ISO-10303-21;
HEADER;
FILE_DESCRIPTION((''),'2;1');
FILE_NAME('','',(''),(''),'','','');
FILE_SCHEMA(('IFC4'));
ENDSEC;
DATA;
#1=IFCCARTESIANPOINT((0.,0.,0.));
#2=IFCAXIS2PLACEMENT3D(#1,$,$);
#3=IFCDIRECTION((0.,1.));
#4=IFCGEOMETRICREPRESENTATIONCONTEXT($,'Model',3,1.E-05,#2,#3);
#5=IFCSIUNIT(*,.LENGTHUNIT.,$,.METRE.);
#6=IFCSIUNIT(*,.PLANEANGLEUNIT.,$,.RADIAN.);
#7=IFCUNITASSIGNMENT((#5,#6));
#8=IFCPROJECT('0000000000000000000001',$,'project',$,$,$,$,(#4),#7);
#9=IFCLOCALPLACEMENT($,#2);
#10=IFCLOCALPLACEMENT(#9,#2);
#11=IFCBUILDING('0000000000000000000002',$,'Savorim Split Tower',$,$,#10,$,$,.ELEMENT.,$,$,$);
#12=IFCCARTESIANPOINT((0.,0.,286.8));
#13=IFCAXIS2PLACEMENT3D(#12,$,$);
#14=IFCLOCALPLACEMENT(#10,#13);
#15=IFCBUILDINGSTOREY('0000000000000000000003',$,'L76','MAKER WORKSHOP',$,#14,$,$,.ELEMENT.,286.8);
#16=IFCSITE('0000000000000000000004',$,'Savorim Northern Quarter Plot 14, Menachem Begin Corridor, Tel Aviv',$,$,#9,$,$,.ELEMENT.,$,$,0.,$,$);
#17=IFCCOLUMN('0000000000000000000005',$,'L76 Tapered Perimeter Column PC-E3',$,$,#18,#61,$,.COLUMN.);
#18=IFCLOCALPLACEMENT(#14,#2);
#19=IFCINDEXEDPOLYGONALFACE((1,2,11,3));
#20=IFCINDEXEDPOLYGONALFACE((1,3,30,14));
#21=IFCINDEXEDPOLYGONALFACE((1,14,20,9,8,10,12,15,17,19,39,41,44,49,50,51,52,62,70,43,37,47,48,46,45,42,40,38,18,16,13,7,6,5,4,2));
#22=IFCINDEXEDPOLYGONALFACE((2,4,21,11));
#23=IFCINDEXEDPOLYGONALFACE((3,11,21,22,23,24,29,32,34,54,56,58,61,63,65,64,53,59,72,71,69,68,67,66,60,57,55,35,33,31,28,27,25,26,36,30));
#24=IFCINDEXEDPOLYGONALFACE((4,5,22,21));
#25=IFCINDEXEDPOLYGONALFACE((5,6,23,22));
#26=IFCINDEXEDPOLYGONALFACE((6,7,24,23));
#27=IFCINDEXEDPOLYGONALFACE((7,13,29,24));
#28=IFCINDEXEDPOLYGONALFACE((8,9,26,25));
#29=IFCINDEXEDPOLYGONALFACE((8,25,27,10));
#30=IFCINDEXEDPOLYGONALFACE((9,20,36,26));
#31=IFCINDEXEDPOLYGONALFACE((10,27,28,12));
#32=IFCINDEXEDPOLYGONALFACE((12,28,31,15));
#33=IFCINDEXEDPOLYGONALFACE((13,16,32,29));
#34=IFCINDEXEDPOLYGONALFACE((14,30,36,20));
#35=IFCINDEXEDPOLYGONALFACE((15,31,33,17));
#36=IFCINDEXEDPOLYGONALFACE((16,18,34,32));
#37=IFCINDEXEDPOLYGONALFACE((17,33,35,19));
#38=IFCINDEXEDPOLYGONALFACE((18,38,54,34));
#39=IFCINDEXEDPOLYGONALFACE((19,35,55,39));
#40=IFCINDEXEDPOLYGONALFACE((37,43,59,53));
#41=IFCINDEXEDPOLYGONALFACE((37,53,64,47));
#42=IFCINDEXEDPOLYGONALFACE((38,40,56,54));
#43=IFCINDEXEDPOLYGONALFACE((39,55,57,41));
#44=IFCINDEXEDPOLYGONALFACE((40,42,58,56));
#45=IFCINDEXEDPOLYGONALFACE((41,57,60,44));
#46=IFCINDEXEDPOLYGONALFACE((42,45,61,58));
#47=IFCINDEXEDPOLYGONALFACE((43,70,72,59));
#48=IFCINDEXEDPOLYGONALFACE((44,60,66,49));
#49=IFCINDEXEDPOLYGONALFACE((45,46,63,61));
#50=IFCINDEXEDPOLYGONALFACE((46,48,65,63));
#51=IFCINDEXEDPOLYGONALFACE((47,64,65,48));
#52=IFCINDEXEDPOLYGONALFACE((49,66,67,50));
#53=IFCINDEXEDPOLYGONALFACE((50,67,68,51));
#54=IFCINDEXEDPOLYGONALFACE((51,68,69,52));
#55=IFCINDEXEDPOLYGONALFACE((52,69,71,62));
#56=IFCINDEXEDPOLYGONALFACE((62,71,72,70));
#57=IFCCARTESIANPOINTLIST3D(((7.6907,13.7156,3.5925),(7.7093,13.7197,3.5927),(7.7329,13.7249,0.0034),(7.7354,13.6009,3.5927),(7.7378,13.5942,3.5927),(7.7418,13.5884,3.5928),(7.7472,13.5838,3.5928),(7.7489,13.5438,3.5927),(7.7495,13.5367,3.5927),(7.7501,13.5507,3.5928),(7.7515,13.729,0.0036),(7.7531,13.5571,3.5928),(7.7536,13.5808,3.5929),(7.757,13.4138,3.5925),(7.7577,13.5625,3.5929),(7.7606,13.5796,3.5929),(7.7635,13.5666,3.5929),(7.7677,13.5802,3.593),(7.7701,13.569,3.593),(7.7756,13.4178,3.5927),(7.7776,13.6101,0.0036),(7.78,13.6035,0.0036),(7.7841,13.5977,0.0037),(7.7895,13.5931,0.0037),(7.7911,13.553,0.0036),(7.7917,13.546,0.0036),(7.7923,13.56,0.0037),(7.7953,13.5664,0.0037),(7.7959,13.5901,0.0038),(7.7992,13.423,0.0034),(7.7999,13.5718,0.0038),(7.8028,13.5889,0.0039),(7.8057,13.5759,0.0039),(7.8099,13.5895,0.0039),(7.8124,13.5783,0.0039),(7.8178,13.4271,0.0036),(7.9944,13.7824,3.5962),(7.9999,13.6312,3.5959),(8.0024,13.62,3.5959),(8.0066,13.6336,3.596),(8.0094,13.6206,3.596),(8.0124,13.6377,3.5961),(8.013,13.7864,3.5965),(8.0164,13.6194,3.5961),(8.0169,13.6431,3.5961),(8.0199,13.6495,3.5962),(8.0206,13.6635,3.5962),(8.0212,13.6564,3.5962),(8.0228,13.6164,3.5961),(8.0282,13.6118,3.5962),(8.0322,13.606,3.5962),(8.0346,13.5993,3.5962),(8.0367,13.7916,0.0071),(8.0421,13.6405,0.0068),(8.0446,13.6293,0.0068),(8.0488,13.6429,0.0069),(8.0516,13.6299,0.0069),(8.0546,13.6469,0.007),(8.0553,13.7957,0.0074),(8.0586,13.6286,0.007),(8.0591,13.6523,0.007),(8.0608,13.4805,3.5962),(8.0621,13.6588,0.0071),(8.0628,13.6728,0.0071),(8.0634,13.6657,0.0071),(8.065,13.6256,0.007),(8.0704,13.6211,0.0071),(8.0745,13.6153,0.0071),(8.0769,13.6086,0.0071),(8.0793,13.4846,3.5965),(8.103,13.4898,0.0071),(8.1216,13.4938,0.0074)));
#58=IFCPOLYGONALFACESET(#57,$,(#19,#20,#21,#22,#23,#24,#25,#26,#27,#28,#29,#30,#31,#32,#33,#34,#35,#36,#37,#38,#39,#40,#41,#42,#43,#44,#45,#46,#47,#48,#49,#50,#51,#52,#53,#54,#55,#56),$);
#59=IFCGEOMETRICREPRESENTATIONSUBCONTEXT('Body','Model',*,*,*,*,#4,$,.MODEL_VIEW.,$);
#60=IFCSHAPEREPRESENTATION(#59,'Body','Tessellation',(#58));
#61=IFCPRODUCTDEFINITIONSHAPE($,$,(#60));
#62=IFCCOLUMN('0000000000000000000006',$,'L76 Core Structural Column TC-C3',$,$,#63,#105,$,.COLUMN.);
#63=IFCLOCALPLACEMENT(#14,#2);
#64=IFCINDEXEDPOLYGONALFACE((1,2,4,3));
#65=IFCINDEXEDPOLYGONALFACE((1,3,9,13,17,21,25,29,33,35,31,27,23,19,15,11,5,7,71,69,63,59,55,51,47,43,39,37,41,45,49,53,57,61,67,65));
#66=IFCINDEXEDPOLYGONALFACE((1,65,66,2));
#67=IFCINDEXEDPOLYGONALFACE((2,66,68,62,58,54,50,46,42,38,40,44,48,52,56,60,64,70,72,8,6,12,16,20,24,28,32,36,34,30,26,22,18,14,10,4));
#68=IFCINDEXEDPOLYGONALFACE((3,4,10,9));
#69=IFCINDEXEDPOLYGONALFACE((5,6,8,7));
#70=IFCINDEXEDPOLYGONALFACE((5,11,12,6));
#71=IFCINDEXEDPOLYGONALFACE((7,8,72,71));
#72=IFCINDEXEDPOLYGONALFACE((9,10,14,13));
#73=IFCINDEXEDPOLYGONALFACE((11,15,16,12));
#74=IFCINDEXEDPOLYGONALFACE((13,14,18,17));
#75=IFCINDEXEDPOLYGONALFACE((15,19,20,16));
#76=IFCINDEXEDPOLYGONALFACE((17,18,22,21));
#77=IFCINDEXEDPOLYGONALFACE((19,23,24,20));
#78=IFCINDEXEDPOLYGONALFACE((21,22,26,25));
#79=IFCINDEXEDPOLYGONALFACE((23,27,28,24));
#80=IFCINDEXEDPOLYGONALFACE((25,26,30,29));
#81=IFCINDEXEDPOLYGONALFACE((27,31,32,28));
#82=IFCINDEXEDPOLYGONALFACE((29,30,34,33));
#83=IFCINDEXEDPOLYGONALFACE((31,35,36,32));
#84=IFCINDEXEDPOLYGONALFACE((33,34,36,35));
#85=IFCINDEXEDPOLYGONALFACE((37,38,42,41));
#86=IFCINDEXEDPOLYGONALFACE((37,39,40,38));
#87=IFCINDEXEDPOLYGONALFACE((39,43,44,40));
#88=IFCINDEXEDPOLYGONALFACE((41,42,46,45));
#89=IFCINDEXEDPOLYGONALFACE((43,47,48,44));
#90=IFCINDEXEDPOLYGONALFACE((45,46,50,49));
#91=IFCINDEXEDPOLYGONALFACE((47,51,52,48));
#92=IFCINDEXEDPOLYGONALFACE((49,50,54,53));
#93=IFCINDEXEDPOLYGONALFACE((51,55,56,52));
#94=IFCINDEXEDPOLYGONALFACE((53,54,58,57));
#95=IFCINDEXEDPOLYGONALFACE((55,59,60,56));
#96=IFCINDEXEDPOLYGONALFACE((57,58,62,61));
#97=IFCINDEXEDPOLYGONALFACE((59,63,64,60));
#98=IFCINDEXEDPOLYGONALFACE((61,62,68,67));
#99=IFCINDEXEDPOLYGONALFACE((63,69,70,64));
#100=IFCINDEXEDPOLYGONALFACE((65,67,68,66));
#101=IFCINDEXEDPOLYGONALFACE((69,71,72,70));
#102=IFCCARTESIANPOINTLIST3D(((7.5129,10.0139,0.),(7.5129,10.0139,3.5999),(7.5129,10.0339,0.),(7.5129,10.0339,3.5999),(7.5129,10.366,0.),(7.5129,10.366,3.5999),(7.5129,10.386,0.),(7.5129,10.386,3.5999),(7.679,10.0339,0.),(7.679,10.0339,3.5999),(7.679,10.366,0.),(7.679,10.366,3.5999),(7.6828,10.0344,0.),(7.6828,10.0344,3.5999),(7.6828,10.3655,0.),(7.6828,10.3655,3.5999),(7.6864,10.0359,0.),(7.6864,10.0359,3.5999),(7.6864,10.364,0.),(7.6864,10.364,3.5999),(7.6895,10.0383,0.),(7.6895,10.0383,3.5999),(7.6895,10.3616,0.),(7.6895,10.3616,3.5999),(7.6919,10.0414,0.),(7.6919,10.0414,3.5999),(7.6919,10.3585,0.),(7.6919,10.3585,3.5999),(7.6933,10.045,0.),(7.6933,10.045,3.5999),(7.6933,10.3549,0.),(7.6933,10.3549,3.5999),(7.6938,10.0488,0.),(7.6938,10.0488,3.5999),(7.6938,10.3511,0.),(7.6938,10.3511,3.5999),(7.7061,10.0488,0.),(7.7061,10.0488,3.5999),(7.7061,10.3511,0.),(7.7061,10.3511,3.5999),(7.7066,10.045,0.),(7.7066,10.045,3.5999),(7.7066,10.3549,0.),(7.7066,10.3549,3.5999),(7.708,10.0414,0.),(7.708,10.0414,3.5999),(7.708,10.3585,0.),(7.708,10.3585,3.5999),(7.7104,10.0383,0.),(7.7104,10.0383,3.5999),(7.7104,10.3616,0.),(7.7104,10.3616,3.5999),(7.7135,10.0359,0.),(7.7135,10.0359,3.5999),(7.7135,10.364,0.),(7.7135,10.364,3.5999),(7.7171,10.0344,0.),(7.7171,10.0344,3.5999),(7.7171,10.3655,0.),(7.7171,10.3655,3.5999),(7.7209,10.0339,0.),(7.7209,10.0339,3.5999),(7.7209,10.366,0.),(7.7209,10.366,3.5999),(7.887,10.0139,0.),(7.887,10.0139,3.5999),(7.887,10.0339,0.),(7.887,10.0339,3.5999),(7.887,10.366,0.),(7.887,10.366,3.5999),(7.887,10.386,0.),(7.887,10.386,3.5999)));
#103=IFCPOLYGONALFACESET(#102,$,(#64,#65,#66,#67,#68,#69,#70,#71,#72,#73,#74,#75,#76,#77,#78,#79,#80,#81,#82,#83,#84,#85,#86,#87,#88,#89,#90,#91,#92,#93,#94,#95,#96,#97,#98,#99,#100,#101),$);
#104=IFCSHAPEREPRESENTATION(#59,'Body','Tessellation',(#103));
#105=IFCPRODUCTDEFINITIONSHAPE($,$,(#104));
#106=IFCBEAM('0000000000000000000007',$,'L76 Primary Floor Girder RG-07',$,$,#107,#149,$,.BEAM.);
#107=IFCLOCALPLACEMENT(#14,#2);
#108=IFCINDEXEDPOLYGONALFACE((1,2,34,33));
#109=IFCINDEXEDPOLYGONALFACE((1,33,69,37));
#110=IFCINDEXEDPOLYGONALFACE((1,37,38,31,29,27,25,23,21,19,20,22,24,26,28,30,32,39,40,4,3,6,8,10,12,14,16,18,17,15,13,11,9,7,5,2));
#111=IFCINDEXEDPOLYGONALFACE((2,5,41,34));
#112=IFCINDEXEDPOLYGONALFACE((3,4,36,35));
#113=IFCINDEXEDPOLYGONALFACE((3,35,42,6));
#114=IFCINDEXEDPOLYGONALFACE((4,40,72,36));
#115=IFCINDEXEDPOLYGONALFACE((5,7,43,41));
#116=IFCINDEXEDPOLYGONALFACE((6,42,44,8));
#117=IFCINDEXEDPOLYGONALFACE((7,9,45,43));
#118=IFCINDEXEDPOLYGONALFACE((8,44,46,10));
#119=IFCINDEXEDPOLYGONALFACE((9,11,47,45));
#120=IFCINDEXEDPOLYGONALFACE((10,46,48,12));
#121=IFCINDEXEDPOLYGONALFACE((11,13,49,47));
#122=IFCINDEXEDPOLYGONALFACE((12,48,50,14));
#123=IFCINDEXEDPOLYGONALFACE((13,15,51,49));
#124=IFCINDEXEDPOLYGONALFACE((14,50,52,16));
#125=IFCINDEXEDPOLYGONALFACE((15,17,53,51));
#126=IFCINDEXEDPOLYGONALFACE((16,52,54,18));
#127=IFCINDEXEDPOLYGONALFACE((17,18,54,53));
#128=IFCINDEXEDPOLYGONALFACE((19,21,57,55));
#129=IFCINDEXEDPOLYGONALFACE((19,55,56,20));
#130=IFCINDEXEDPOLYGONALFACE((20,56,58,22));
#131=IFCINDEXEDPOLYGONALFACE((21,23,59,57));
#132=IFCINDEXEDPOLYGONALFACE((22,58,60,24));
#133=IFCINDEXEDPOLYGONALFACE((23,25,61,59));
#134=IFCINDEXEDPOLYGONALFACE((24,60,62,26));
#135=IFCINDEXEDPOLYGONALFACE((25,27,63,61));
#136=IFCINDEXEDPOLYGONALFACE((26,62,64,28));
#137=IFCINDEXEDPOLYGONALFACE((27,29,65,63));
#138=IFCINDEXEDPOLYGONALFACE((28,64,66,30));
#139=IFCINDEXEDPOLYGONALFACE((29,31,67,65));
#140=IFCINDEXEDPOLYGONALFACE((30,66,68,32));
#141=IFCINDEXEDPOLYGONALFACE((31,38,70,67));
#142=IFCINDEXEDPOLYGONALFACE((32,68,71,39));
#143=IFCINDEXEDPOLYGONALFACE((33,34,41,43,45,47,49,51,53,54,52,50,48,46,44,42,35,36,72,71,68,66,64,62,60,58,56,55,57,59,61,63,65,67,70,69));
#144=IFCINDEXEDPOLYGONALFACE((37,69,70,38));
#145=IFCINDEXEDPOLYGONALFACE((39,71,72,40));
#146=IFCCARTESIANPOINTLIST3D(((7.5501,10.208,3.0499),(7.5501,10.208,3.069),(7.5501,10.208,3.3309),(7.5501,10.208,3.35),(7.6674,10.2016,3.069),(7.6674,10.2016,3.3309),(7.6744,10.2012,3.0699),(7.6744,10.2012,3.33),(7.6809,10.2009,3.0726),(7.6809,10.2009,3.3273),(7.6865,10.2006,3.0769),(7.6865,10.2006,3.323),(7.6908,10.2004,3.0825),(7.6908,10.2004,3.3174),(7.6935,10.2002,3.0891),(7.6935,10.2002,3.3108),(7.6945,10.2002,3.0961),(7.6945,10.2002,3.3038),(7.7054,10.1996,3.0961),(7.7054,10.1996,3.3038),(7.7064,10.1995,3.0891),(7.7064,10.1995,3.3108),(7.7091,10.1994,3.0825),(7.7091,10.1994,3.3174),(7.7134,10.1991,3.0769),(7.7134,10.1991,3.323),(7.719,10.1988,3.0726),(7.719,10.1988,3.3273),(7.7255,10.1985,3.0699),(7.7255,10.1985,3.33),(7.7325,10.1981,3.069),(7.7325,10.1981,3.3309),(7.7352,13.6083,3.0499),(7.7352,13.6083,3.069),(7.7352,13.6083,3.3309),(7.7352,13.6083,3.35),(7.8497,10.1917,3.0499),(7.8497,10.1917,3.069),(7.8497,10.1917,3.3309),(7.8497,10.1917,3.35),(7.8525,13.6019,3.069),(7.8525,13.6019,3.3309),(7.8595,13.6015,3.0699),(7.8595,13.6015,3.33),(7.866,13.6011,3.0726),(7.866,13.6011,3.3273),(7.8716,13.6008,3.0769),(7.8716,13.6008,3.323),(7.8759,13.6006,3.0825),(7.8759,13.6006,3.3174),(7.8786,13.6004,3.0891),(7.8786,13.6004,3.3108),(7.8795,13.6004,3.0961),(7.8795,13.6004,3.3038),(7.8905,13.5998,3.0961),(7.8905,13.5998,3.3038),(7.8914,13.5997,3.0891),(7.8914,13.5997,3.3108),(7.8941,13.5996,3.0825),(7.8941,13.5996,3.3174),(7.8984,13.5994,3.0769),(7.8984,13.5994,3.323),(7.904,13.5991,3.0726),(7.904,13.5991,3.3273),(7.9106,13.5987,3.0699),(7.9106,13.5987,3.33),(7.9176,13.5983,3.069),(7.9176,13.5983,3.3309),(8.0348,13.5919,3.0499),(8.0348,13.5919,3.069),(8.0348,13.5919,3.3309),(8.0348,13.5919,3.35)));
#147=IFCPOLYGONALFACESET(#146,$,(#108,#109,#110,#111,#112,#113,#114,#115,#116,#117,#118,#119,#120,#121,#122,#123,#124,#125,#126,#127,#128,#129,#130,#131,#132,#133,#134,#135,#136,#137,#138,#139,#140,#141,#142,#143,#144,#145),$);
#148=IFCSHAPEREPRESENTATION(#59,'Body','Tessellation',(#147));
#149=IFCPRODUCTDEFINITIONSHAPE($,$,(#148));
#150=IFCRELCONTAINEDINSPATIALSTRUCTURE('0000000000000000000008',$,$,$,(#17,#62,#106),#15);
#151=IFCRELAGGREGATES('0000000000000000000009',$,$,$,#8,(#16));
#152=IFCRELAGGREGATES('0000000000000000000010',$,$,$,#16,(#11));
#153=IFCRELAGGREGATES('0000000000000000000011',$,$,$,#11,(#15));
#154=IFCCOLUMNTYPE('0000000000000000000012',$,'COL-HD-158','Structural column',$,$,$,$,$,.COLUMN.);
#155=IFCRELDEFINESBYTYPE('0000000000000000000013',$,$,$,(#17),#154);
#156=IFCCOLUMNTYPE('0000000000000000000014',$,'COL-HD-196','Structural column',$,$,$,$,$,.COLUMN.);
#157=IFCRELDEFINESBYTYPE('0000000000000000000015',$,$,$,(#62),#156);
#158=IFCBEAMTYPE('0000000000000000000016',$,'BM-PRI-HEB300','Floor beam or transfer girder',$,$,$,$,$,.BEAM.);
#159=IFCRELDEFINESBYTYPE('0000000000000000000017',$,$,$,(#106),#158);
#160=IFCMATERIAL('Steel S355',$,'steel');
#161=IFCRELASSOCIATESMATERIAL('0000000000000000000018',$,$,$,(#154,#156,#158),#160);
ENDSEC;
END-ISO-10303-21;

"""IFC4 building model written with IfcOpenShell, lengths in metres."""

from ifc_helpers import new_model, si_unit, direction, frame, origin, origin_2d, place, context, subcontext, project, spatial, i_section, extrude, material, material_profile, profile_set, type_object, element, save


model = new_model("IFC4")

# Units and contexts
model_context = context("Model", 3, precision=1e-05, world=origin(), true_north=direction((0.0, 1.0)))
body_context = subcontext(model_context, "Body", "Model", "MODEL_VIEW")
ifc_project = project(units=[si_unit("LENGTHUNIT", "METRE"), si_unit("PLANEANGLEUNIT", "RADIAN")], contexts=[model_context])

# Site, building, storey
site_placement = place(None, origin())
site = spatial("IfcSite", under=ifc_project, at=site_placement, Name="Savorim Northern Quarter Plot 14, Menachem Begin Corridor, Tel Aviv", CompositionType="ELEMENT", RefElevation=0.0)
building_placement = place(site_placement, origin())
building = spatial("IfcBuilding", under=site, at=building_placement, Name="Savorim Split Tower", CompositionType="ELEMENT")
storey_placement = place(building_placement, frame((0.0, 0.0, 286.8)))
storey = spatial("IfcBuildingStorey", under=building, at=storey_placement, Name="L76", Description="MAKER WORKSHOP", CompositionType="ELEMENT", Elevation=286.8)

# Columns
ifc_material_1 = material(Name="Steel S355", Category="steel")
ifc_material_profile_1 = material_profile(ifc_material_1, i_section(OverallWidth=0.3091, OverallDepth=0.3301, WebThickness=0.0115, FlangeThickness=0.019, FilletRadius=0.0271, at=origin_2d()), Name="HD 320x158")
ifc_profile_set_1 = profile_set([ifc_material_profile_1], Name="Steel S355")
column_type_1 = type_object("IfcColumnType", Name="COL-HD-158", Description="Structural column", PredefinedType="COLUMN", material=ifc_profile_set_1)
column_1_placement = place(storey_placement, frame((7.9272, 13.6094, 0.0054), z_axis=(-0.011767, -0.002585, 0.999927), x_axis=(0.214539, -0.976715, 0.0)))
element("IfcColumn", 1, at=column_1_placement, inside=storey, type_object=column_type_1, Name="L76 Tapered Perimeter Column PC-E3", PredefinedType="COLUMN", context=body_context, shape_type="SweptSolid", body=[
    extrude(i_section(OverallWidth=0.3091, OverallDepth=0.3301, WebThickness=0.0115, FlangeThickness=0.019, FilletRadius=0.0271, at=origin_2d()), origin(), (0.0, 0.0, 1.0), 3.5894),
])
ifc_material_profile_2 = material_profile(ifc_material_1, i_section(OverallWidth=0.374, OverallDepth=0.3721, WebThickness=0.0122, FlangeThickness=0.02, FilletRadius=0.0149, at=origin_2d()), Name="HD 360x196")
ifc_profile_set_2 = profile_set([ifc_material_profile_2], Name="Steel S355")
column_type_2 = type_object("IfcColumnType", Name="COL-HD-196", Description="Structural column", PredefinedType="COLUMN", material=ifc_profile_set_2)
column_2_placement = place(storey_placement, frame((7.7, 10.2, 0.0), z_axis=(0.0, 0.0, 1.0), x_axis=(1.0, 0.0, 0.0)))
element("IfcColumn", 2, at=column_2_placement, inside=storey, type_object=column_type_2, Name="L76 Core Structural Column TC-C3", PredefinedType="COLUMN", context=body_context, shape_type="SweptSolid", body=[
    extrude(i_section(OverallWidth=0.374, OverallDepth=0.3721, WebThickness=0.0122, FlangeThickness=0.02, FilletRadius=0.0149, at=origin_2d()), origin(), (0.0, 0.0, 1.0), 3.5999),
])

# Beam
ifc_material_profile_3 = material_profile(ifc_material_1, i_section(OverallWidth=0.3, OverallDepth=0.3, WebThickness=0.011, FlangeThickness=0.019, FilletRadius=0.0271, at=origin_2d()), Name="HEB 300")
ifc_profile_set_3 = profile_set([ifc_material_profile_3], Name="Steel S355")
beam_type_1 = type_object("IfcBeamType", Name="BM-PRI-HEB300", Description="Floor beam or transfer girder", PredefinedType="BEAM", material=ifc_profile_set_3)
beam_1_placement = place(storey_placement, frame((7.885, 13.6001, 3.2), z_axis=(-0.054346, -0.998522, 0.0), x_axis=(0.998522, -0.054346, 0.0)))
element("IfcBeam", 3, at=beam_1_placement, inside=storey, type_object=beam_type_1, Name="L76 Primary Floor Girder RG-07", PredefinedType="BEAM", context=body_context, shape_type="SweptSolid", body=[
    extrude(i_section(OverallWidth=0.3, OverallDepth=0.3, WebThickness=0.011, FlangeThickness=0.019, FilletRadius=0.0271, at=origin_2d()), origin(), (0.0, 0.0, 1.0), 3.4053),
])

save(model, "model.ifc")
